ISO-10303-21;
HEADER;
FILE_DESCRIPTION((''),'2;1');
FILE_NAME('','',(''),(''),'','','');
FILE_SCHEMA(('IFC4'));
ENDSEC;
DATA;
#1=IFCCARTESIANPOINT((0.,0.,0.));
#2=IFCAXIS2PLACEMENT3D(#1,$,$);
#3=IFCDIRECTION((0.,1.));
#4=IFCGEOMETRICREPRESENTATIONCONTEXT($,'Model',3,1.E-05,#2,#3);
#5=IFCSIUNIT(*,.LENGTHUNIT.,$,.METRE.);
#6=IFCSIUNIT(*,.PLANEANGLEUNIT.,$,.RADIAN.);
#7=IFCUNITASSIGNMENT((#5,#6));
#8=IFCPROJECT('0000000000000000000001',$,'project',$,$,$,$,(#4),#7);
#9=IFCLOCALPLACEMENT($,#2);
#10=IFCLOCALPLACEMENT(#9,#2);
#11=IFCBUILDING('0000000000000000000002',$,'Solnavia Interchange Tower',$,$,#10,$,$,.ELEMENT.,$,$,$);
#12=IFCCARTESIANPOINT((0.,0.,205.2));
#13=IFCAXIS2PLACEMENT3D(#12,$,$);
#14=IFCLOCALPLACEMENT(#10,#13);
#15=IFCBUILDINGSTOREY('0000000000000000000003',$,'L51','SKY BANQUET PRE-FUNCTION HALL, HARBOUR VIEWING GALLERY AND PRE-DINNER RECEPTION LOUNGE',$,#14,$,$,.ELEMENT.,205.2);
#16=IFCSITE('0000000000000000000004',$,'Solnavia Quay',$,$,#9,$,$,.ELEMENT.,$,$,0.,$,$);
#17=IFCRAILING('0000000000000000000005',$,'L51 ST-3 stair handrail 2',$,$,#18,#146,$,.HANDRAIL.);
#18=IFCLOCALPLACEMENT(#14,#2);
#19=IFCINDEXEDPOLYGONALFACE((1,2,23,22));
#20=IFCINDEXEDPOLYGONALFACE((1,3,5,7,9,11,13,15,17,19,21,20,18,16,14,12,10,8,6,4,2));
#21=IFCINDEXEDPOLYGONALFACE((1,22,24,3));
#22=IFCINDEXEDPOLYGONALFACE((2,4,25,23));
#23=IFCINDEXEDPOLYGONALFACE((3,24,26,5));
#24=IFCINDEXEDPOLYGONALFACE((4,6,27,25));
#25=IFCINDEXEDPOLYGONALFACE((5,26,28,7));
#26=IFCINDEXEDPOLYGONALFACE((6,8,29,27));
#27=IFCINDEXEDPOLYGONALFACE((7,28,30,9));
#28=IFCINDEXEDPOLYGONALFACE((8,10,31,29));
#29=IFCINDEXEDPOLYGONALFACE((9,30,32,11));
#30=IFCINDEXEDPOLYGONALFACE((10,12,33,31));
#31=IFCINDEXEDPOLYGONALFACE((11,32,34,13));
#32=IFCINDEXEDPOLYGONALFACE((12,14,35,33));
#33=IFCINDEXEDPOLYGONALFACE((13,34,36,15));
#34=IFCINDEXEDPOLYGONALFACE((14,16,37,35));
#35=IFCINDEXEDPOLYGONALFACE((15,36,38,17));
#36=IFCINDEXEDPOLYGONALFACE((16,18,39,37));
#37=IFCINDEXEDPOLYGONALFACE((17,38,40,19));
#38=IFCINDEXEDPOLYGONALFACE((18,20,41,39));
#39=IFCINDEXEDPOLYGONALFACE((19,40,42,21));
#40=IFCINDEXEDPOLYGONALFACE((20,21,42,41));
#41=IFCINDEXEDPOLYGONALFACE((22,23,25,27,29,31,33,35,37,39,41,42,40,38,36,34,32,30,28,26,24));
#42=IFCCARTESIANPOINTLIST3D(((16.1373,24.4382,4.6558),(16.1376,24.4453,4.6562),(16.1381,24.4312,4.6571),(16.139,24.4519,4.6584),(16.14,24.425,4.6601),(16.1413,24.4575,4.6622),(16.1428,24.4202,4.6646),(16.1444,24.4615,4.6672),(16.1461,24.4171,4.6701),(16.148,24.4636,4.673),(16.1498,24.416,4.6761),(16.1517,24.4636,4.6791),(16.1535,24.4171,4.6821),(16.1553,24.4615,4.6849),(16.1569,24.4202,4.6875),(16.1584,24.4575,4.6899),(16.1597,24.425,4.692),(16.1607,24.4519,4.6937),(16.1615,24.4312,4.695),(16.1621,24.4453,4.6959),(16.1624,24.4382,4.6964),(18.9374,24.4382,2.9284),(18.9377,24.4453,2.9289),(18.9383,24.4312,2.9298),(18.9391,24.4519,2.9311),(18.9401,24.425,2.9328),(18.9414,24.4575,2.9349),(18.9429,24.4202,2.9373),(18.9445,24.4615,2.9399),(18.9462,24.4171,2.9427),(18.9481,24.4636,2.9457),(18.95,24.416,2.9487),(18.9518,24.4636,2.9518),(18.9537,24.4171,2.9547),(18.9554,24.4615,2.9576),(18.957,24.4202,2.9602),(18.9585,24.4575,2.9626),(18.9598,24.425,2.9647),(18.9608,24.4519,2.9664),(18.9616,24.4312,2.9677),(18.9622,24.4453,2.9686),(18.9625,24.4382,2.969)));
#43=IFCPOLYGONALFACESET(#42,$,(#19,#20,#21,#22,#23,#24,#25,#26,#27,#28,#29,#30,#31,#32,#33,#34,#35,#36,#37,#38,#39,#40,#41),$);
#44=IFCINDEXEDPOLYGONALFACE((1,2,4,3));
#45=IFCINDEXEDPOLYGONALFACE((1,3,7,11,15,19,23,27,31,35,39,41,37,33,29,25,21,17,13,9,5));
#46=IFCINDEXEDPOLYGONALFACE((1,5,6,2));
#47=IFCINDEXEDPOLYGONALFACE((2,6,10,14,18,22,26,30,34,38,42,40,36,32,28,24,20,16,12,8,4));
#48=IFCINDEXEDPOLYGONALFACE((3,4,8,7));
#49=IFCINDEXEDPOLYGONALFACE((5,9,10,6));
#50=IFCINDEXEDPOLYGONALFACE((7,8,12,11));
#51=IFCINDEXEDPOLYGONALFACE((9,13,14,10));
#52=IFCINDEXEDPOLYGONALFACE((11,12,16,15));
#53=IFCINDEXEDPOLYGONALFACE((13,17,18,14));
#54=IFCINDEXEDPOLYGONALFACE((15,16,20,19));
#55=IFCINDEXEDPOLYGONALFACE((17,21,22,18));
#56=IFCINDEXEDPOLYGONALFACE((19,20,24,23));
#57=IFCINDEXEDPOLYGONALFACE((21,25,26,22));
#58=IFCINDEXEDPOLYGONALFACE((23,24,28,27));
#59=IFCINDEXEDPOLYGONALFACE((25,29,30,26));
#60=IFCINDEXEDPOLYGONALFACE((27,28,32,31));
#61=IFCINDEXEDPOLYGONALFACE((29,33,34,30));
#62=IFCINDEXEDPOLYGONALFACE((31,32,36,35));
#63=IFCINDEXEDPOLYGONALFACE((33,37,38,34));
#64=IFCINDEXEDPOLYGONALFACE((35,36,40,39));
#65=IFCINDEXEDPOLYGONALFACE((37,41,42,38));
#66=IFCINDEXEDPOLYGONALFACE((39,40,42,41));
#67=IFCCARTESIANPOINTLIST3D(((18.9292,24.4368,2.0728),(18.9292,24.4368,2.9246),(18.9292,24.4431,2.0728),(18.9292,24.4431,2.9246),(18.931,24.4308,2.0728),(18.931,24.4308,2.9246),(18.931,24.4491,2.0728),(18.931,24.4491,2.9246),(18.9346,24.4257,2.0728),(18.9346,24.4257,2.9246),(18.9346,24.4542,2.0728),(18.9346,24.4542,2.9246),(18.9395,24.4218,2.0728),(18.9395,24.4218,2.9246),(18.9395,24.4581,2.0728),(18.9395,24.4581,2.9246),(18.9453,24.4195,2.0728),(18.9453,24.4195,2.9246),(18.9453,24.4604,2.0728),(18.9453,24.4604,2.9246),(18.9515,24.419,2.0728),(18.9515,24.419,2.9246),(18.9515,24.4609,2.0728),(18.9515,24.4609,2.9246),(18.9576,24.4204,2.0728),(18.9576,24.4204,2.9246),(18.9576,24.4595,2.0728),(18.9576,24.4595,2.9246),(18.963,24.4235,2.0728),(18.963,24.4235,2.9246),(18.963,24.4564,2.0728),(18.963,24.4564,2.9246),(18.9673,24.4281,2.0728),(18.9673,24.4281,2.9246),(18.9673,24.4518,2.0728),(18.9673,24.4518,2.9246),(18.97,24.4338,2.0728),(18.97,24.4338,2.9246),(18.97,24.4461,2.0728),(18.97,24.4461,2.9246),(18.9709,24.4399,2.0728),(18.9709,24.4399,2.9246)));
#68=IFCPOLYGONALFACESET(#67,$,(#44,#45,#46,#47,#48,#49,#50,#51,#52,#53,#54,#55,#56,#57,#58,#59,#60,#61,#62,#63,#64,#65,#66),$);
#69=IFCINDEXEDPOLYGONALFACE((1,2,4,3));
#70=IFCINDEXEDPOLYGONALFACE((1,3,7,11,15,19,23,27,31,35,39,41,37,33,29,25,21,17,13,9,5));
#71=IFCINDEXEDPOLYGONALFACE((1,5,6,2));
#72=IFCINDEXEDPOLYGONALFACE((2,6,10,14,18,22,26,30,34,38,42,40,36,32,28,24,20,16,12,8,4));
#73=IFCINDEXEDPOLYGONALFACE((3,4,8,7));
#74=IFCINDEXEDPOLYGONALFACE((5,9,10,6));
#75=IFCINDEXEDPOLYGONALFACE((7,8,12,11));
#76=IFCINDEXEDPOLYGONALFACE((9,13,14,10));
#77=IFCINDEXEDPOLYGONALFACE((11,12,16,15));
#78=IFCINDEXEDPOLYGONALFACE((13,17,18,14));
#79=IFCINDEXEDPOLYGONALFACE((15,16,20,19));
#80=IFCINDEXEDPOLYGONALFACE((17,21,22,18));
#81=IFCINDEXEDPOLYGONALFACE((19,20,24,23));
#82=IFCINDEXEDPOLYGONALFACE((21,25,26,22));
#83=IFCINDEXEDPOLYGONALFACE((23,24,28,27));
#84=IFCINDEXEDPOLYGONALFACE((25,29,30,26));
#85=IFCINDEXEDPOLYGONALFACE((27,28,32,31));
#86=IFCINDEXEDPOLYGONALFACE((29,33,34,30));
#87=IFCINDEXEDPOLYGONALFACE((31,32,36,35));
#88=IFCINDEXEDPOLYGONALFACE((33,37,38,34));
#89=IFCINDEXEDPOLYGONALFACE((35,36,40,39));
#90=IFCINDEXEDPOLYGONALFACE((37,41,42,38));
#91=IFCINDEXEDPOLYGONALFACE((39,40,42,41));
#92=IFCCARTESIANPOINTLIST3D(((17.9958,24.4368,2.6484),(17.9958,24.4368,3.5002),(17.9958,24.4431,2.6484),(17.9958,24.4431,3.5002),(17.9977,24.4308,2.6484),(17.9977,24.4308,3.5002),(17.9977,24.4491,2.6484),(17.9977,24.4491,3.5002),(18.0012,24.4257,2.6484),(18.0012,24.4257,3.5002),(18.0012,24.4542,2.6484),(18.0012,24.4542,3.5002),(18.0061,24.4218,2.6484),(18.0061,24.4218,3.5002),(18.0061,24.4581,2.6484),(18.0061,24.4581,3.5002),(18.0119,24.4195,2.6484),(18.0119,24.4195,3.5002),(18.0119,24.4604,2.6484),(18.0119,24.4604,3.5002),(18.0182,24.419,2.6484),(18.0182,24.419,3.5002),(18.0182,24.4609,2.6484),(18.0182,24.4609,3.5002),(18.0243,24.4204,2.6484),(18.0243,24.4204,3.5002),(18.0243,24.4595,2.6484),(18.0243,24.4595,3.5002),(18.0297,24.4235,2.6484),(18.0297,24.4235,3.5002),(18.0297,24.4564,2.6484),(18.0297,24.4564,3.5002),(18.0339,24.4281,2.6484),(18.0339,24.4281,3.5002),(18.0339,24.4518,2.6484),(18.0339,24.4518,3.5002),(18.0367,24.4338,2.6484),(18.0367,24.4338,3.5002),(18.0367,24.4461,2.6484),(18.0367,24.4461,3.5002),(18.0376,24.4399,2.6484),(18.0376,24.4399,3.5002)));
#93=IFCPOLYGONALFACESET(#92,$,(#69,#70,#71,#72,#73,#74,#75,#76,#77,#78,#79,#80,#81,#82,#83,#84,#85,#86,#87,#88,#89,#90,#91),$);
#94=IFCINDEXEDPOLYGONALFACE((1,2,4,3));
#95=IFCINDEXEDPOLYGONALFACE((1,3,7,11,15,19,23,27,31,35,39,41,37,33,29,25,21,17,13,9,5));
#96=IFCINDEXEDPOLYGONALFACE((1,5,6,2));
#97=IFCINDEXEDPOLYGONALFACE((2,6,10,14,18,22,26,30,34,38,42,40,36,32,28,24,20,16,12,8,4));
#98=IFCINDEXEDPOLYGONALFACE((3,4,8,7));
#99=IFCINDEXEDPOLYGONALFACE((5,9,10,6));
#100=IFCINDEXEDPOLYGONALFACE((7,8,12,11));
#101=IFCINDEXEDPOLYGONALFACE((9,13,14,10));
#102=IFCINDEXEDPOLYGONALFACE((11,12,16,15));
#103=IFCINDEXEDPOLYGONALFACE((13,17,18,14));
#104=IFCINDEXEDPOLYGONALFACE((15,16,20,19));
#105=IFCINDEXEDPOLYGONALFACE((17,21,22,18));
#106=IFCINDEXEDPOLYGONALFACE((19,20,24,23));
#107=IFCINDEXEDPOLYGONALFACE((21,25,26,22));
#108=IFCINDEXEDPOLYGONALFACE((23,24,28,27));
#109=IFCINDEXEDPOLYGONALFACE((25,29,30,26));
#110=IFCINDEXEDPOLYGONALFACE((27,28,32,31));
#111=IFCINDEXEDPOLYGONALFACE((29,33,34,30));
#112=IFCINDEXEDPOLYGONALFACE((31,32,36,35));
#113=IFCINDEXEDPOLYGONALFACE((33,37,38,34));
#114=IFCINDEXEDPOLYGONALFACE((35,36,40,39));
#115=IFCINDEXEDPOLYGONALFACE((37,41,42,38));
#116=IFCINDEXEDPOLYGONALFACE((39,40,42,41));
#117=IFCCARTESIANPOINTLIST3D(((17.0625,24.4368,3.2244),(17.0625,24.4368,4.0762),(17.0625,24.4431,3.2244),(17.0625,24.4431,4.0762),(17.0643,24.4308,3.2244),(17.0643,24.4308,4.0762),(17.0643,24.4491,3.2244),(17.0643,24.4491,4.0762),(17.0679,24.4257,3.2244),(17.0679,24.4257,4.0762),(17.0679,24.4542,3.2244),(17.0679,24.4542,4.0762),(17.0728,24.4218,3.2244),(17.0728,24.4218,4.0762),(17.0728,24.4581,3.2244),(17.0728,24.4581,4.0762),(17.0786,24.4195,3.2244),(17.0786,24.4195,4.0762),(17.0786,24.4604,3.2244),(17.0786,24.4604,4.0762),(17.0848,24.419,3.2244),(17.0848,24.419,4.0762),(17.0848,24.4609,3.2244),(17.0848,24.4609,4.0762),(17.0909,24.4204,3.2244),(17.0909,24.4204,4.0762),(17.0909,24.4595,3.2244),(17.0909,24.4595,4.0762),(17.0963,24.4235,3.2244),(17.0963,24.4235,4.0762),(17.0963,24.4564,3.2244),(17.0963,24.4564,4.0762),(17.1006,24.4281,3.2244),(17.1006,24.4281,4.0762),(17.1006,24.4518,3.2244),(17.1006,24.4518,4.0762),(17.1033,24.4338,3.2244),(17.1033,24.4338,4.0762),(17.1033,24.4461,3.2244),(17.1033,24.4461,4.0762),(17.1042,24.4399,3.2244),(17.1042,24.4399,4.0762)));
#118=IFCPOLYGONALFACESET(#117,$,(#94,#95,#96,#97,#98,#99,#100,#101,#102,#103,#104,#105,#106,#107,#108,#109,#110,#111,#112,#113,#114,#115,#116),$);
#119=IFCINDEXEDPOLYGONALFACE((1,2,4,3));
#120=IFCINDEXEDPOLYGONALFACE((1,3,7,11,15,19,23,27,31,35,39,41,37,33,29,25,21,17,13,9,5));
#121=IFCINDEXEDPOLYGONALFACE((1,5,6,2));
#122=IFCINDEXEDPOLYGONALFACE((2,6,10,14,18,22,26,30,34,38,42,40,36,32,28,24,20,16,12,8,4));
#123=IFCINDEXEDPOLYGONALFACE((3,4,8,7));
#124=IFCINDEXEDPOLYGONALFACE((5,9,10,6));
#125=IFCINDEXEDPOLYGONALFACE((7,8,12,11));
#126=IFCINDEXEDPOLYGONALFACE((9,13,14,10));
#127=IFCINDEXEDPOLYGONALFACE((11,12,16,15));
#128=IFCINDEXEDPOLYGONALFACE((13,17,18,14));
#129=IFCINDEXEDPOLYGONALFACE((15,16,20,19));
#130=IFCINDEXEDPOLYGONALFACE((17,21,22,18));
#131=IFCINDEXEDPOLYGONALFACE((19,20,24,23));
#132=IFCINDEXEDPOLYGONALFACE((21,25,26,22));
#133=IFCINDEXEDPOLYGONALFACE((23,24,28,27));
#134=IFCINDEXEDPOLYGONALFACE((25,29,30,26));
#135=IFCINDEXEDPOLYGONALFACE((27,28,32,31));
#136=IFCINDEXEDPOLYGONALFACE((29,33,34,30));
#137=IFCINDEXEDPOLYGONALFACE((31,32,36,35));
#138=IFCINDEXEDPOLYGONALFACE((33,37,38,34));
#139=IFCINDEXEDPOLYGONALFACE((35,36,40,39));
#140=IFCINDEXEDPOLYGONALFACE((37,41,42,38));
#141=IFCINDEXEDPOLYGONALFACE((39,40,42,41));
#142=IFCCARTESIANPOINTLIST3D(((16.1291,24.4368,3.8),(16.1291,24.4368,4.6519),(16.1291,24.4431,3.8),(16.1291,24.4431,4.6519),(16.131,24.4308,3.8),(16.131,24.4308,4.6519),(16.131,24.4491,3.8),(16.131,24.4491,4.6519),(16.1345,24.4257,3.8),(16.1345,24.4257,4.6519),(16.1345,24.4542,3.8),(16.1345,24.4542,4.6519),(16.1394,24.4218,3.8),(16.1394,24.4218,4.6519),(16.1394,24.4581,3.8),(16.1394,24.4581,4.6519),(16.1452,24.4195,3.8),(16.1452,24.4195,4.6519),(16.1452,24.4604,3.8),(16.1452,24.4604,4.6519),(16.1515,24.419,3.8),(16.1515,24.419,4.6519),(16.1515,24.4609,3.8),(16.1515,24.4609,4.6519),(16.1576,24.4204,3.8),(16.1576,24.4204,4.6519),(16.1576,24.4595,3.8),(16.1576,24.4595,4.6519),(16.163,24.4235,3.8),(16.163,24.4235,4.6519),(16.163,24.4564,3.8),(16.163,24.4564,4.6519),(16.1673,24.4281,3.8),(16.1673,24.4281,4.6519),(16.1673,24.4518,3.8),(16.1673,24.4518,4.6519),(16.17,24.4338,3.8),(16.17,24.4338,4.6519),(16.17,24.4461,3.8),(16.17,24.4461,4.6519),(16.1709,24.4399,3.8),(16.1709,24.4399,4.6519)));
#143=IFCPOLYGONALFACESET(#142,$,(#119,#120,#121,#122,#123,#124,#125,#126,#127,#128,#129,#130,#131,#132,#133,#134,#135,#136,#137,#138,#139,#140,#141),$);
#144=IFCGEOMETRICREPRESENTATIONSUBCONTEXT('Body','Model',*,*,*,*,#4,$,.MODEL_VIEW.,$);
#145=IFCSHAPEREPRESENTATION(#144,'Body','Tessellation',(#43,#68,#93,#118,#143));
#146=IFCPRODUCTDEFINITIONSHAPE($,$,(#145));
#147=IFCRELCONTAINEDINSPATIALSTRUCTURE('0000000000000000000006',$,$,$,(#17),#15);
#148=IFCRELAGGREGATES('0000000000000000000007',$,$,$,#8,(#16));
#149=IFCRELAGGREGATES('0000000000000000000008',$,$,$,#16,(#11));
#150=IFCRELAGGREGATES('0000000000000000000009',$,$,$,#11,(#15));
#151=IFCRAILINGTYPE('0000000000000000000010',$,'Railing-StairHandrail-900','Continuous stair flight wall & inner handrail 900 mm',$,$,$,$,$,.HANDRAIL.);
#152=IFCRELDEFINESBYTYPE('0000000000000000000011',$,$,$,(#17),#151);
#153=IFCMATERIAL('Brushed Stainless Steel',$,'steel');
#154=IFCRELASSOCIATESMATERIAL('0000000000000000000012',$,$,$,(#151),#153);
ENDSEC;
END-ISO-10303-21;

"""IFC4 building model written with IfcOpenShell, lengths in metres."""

from ifc_helpers import new_model, si_unit, direction, frame, origin, origin_2d, place, context, subcontext, project, spatial, circle, extrude, material, type_object, element, save


model = new_model("IFC4")

# Units and contexts
model_context = context("Model", 3, precision=1e-05, world=origin(), true_north=direction((0.0, 1.0)))
body_context = subcontext(model_context, "Body", "Model", "MODEL_VIEW")
ifc_project = project(units=[si_unit("LENGTHUNIT", "METRE"), si_unit("PLANEANGLEUNIT", "RADIAN")], contexts=[model_context])

# Site, building, storey
site_placement = place(None, origin())
site = spatial("IfcSite", under=ifc_project, at=site_placement, Name="Solnavia Quay", CompositionType="ELEMENT", RefElevation=0.0)
building_placement = place(site_placement, origin())
building = spatial("IfcBuilding", under=site, at=building_placement, Name="Solnavia Interchange Tower", CompositionType="ELEMENT")
storey_placement = place(building_placement, frame((0.0, 0.0, 205.2)))
storey = spatial("IfcBuildingStorey", under=building, at=storey_placement, Name="L51", Description="SKY BANQUET PRE-FUNCTION HALL, HARBOUR VIEWING GALLERY AND PRE-DINNER RECEPTION LOUNGE", CompositionType="ELEMENT", Elevation=205.2)

# Railing
ifc_material_1 = material(Name="Brushed Stainless Steel", Category="steel")
railing_type_1 = type_object("IfcRailingType", Name="Railing-StairHandrail-900", Description="Continuous stair flight wall & inner handrail 900 mm", PredefinedType="HANDRAIL", material=ifc_material_1)
railing_1_placement = place(storey_placement, frame((18.95, 24.4399, 2.0728)))
element("IfcRailing", 1, at=railing_1_placement, inside=storey, type_object=railing_type_1, Name="L51 ST-3 stair handrail 2", PredefinedType="HANDRAIL", context=body_context, shape_type="SweptSolid", body=[
    extrude(circle(Radius=0.0239, at=origin_2d()), frame((0.0, 0.0, 0.876), z_axis=(-0.85109, 0.0, 0.52502), x_axis=(0.0, -1.0, 0.0)), (0.0, 0.0, 1.0), 3.29),
    extrude(circle(Radius=0.021, at=origin_2d()), origin(), (0.0, 0.0, 1.0), 0.8518),
    extrude(circle(Radius=0.021, at=origin_2d()), frame((-0.9333, 0.0, 0.5757)), (0.0, 0.0, 1.0), 0.8518),
    extrude(circle(Radius=0.021, at=origin_2d()), frame((-1.8667, 0.0, 1.1516)), (0.0, 0.0, 1.0), 0.8518),
    extrude(circle(Radius=0.021, at=origin_2d()), frame((-2.8, 0.0, 1.7273)), (0.0, 0.0, 1.0), 0.8518),
])

save(model, "model.ifc")
